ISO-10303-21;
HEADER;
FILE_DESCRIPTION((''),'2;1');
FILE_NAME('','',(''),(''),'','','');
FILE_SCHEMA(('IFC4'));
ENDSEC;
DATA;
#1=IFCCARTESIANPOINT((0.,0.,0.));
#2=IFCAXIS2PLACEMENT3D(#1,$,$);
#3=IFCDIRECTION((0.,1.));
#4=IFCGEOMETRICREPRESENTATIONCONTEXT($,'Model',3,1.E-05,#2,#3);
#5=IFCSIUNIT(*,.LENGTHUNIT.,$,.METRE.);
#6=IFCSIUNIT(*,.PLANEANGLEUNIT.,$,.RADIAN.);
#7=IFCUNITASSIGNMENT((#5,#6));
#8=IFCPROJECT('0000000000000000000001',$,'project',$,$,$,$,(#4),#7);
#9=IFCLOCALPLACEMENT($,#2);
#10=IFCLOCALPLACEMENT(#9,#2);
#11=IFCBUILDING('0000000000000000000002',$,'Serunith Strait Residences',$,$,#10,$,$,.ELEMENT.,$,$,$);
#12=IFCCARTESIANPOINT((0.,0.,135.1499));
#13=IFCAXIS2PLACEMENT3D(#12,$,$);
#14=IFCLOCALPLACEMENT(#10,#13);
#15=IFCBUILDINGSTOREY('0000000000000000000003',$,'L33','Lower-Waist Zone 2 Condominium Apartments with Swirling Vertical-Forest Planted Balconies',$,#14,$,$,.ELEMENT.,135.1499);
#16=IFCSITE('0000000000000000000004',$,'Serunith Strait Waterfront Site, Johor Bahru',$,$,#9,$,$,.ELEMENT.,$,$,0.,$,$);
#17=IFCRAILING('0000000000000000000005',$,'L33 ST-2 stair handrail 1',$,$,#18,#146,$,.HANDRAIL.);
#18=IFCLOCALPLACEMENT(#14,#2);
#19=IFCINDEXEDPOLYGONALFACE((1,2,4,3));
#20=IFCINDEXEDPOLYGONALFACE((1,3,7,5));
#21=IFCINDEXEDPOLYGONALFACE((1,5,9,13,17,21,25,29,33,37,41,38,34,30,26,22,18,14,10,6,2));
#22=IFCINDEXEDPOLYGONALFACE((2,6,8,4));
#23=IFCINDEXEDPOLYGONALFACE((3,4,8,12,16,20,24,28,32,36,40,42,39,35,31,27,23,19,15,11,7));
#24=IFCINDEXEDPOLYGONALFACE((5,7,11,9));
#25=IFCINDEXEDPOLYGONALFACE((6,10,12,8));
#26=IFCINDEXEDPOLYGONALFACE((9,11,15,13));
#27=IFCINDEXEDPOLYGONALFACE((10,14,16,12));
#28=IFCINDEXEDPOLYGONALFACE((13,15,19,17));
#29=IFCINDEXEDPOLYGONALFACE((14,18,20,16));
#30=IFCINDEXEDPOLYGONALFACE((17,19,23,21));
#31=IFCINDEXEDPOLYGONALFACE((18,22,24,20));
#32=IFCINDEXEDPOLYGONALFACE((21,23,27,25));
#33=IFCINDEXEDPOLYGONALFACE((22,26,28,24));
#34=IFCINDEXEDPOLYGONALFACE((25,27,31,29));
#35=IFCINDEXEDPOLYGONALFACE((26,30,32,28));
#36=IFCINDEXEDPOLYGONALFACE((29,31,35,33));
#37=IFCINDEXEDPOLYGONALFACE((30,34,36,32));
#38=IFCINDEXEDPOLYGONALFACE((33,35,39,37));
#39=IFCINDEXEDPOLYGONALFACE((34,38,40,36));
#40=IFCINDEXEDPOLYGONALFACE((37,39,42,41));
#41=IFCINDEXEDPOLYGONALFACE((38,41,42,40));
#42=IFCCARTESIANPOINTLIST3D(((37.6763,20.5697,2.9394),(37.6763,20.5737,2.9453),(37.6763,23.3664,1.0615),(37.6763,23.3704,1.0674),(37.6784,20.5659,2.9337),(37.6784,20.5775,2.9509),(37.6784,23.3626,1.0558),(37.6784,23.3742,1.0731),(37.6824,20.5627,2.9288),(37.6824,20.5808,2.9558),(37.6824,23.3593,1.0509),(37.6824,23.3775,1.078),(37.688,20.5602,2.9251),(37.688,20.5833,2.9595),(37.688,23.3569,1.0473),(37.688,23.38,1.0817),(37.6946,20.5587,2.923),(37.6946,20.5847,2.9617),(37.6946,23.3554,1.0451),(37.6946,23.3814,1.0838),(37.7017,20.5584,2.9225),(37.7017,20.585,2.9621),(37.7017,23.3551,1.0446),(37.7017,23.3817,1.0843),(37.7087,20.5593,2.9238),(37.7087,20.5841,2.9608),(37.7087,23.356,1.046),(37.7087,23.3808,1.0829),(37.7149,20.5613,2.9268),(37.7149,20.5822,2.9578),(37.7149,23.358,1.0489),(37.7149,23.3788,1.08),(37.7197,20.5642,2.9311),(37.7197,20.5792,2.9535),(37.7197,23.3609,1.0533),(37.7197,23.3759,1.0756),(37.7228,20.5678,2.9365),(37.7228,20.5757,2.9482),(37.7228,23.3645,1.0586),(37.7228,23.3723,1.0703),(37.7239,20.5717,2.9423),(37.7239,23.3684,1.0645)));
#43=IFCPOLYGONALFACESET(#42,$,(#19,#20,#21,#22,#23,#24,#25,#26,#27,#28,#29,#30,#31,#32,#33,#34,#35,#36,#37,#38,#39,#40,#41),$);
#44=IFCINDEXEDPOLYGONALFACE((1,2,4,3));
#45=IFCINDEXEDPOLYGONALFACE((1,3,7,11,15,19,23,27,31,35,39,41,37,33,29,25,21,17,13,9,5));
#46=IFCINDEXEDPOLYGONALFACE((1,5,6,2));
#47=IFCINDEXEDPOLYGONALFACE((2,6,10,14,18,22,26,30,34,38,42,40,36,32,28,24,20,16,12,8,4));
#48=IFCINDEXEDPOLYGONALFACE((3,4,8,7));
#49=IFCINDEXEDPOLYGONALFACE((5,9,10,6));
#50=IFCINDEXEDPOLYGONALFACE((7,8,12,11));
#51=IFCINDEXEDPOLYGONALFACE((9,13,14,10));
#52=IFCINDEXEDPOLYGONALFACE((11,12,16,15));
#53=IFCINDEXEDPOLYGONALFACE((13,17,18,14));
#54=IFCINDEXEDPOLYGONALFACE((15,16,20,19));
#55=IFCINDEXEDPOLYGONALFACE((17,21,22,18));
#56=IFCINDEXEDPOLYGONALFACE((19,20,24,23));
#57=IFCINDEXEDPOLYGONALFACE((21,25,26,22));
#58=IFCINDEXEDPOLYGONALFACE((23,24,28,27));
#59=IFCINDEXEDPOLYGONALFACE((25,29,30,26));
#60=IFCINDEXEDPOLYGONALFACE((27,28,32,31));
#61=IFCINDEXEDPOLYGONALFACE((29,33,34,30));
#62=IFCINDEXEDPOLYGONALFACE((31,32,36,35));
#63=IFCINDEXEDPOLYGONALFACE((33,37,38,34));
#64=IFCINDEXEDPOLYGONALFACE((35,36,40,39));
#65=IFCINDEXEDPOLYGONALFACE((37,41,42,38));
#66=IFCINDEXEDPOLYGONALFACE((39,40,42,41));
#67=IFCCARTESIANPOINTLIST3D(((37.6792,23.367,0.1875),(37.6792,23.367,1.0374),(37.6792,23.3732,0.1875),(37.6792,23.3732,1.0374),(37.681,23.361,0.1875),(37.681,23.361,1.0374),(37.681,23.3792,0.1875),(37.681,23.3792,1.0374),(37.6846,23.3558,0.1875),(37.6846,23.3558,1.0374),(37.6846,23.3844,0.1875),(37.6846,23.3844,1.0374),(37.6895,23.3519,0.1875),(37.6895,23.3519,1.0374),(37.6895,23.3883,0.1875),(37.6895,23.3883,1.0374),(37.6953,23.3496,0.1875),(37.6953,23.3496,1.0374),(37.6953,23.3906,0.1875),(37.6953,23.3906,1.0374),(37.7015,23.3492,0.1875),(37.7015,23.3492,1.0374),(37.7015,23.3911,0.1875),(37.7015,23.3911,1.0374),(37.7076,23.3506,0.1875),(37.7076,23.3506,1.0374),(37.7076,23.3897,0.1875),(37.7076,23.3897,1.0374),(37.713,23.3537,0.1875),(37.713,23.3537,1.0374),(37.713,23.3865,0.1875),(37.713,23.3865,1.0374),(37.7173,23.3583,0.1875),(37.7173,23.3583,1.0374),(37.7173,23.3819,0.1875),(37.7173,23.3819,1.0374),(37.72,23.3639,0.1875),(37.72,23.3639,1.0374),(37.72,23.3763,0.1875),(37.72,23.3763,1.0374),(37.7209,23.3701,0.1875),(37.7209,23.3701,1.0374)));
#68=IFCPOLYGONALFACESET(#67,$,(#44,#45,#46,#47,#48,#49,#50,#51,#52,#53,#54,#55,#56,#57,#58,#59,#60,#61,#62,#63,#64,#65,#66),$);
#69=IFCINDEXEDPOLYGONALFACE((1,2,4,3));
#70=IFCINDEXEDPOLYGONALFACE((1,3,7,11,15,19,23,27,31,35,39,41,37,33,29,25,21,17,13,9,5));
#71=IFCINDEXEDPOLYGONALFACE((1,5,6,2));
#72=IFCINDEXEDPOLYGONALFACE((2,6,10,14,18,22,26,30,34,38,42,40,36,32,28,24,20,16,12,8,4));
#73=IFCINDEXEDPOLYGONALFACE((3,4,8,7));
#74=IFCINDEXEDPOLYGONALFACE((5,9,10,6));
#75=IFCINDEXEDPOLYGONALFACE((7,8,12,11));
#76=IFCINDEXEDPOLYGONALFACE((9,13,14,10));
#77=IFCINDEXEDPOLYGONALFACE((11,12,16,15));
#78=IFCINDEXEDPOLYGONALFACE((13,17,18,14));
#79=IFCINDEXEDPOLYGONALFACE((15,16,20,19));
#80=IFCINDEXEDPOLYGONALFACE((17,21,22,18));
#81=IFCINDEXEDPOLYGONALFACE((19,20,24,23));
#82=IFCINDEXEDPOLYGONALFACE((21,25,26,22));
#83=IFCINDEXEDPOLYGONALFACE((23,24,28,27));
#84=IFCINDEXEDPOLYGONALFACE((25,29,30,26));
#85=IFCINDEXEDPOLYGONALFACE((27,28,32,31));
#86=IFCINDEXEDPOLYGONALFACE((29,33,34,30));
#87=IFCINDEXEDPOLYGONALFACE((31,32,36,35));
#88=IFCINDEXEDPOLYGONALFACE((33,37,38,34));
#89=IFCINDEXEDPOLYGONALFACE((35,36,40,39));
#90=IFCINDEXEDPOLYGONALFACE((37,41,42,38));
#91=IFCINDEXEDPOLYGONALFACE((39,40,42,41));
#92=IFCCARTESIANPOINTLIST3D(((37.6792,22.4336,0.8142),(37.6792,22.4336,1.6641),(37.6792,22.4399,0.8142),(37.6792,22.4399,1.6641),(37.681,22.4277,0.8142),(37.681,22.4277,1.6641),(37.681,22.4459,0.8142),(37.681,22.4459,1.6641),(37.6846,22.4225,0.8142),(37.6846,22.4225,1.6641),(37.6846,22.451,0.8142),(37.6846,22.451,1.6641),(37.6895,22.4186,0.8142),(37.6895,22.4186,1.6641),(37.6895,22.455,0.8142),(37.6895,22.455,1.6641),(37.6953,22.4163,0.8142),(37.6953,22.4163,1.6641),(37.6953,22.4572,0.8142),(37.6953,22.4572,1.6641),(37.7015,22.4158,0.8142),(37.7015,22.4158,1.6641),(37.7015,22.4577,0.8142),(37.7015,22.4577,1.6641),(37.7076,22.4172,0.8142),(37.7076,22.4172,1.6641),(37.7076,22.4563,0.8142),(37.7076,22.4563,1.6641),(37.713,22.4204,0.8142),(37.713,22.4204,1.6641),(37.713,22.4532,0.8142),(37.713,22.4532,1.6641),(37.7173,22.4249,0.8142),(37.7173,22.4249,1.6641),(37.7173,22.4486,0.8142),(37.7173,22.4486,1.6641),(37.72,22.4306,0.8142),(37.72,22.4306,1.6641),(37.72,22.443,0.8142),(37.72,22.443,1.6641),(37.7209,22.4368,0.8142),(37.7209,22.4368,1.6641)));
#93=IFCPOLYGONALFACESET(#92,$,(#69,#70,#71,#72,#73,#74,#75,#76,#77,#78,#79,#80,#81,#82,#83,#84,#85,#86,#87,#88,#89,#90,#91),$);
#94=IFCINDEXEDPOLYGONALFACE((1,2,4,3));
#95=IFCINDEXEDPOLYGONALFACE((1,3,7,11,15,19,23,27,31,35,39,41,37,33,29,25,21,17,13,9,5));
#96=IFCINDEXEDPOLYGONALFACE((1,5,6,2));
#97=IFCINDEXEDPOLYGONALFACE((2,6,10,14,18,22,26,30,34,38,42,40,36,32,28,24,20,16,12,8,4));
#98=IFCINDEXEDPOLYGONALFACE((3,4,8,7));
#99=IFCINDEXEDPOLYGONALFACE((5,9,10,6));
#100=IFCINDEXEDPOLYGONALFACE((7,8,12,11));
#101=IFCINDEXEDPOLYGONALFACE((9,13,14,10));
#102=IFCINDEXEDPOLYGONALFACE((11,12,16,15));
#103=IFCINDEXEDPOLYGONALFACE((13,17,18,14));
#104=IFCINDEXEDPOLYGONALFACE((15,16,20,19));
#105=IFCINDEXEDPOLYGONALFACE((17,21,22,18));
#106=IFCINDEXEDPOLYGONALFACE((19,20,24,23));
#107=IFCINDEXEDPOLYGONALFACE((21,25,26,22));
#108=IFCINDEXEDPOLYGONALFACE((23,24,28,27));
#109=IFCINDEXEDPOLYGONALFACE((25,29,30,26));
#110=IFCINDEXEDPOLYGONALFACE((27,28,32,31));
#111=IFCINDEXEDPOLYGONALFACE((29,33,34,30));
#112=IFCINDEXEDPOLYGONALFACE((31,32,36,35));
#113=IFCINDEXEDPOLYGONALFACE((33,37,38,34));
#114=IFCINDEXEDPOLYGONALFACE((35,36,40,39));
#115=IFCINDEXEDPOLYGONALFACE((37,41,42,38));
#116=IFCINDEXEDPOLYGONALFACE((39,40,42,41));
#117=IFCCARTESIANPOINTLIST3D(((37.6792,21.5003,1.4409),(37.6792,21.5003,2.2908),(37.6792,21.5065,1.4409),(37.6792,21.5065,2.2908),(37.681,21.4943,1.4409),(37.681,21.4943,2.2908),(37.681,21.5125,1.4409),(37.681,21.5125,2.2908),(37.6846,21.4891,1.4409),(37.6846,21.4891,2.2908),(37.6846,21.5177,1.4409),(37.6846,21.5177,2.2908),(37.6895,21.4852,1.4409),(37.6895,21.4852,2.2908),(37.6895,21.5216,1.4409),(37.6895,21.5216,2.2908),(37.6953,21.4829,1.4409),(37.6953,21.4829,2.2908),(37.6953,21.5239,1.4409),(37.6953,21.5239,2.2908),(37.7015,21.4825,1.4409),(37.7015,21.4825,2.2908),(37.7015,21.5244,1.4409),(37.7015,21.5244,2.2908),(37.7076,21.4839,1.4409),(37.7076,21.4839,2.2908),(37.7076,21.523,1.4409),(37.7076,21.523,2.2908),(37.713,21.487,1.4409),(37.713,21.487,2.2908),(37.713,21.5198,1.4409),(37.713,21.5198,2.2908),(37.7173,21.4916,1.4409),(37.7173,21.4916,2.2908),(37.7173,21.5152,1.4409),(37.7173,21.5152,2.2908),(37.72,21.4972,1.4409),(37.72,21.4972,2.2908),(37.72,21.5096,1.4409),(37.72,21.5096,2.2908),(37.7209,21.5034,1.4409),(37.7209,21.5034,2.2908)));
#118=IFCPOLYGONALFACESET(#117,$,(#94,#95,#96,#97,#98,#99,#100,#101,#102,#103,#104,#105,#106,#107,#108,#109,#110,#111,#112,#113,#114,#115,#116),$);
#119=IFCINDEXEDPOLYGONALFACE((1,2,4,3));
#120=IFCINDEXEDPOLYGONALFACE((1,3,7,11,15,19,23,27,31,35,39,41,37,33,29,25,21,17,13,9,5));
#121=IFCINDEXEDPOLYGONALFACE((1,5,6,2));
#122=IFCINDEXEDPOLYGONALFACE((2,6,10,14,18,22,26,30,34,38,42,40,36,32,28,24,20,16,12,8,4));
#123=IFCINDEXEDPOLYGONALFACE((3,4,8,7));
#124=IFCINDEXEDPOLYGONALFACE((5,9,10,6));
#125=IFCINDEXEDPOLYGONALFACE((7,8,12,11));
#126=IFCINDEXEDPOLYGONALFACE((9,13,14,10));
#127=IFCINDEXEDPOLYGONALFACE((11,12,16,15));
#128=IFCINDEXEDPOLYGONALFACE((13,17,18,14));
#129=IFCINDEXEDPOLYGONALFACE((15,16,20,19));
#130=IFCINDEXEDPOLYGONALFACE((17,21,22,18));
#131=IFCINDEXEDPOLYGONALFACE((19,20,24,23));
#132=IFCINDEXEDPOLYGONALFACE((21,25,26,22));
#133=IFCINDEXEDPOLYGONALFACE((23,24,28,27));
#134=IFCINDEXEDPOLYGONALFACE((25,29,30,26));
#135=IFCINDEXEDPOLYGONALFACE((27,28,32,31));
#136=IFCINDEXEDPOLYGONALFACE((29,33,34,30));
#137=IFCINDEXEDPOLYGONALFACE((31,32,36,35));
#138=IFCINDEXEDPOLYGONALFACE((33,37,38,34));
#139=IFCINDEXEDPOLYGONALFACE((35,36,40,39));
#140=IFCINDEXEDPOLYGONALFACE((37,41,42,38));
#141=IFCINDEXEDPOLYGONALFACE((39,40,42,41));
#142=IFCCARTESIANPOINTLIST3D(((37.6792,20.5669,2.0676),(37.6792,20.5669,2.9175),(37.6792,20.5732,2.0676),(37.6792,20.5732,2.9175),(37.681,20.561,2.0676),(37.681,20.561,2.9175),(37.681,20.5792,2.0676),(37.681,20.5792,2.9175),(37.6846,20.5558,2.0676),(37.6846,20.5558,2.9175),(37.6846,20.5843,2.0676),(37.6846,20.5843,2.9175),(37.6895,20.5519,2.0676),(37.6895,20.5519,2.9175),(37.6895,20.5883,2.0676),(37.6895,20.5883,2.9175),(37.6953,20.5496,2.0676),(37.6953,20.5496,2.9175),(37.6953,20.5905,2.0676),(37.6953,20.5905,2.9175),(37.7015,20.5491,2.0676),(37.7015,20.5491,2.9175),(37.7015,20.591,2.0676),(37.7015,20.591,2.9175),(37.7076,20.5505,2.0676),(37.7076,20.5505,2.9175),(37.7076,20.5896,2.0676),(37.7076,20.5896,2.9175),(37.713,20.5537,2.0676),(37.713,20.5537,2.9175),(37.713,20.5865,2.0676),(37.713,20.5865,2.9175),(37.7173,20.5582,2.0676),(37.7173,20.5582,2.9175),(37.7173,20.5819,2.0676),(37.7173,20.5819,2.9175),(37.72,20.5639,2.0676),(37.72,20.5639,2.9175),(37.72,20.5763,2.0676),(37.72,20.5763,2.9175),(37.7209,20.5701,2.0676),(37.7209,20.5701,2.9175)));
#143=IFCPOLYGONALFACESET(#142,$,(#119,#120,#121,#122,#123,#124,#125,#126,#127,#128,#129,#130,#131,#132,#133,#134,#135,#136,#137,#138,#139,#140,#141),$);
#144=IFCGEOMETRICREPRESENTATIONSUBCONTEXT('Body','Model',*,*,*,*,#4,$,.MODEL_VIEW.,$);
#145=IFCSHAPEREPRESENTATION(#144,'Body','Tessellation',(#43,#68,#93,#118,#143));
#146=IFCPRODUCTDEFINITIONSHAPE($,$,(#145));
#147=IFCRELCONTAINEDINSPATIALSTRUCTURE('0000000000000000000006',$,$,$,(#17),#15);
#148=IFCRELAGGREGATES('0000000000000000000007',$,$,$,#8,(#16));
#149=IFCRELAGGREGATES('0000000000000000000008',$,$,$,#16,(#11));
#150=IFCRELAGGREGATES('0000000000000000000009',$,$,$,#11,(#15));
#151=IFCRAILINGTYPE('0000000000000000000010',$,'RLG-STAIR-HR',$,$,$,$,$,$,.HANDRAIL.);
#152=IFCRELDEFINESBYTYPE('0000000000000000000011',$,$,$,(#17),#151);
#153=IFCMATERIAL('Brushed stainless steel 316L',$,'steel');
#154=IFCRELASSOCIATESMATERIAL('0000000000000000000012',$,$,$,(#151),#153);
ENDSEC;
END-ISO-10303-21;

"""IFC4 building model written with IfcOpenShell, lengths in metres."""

from ifc_helpers import new_model, si_unit, direction, frame, origin, origin_2d, place, context, subcontext, project, spatial, circle, extrude, material, type_object, element, save


model = new_model("IFC4")

# Units and contexts
model_context = context("Model", 3, precision=1e-05, world=origin(), true_north=direction((0.0, 1.0)))
body_context = subcontext(model_context, "Body", "Model", "MODEL_VIEW")
ifc_project = project(units=[si_unit("LENGTHUNIT", "METRE"), si_unit("PLANEANGLEUNIT", "RADIAN")], contexts=[model_context])

# Site, building, storey
site_placement = place(None, origin())
site = spatial("IfcSite", under=ifc_project, at=site_placement, Name="Serunith Strait Waterfront Site, Johor Bahru", CompositionType="ELEMENT", RefElevation=0.0)
building_placement = place(site_placement, origin())
building = spatial("IfcBuilding", under=site, at=building_placement, Name="Serunith Strait Residences", CompositionType="ELEMENT")
storey_placement = place(building_placement, frame((0.0, 0.0, 135.1499)))
storey = spatial("IfcBuildingStorey", under=building, at=storey_placement, Name="L33", Description="Lower-Waist Zone 2 Condominium Apartments with Swirling Vertical-Forest Planted Balconies", CompositionType="ELEMENT", Elevation=135.1499)

# Railing
ifc_material_1 = material(Name="Brushed stainless steel 316L", Category="steel")
railing_type_1 = type_object("IfcRailingType", Name="RLG-STAIR-HR", PredefinedType="HANDRAIL", material=ifc_material_1)
railing_1_placement = place(storey_placement, frame((37.7, 23.3701, 0.1875)))
element("IfcRailing", 1, at=railing_1_placement, inside=storey, type_object=railing_type_1, Name="L33 ST-2 stair handrail 1", PredefinedType="HANDRAIL", context=body_context, shape_type="SweptSolid", body=[
    extrude(circle(Radius=0.0239, at=origin_2d()), frame((0.0, -0.0017, 0.877), z_axis=(0.0, -0.830208, 0.557453), x_axis=(1.0, 0.0, 0.0)), (0.0, 0.0, 1.0), 3.3687),
    extrude(circle(Radius=0.021, at=origin_2d()), origin(), (0.0, 0.0, 1.0), 0.8499),
    extrude(circle(Radius=0.021, at=origin_2d()), frame((0.0, -0.9333, 0.6267)), (0.0, 0.0, 1.0), 0.8499),
    extrude(circle(Radius=0.021, at=origin_2d()), frame((0.0, -1.8667, 1.2534)), (0.0, 0.0, 1.0), 0.8499),
    extrude(circle(Radius=0.021, at=origin_2d()), frame((0.0, -2.8, 1.8801)), (0.0, 0.0, 1.0), 0.8499),
])

save(model, "model.ifc")
